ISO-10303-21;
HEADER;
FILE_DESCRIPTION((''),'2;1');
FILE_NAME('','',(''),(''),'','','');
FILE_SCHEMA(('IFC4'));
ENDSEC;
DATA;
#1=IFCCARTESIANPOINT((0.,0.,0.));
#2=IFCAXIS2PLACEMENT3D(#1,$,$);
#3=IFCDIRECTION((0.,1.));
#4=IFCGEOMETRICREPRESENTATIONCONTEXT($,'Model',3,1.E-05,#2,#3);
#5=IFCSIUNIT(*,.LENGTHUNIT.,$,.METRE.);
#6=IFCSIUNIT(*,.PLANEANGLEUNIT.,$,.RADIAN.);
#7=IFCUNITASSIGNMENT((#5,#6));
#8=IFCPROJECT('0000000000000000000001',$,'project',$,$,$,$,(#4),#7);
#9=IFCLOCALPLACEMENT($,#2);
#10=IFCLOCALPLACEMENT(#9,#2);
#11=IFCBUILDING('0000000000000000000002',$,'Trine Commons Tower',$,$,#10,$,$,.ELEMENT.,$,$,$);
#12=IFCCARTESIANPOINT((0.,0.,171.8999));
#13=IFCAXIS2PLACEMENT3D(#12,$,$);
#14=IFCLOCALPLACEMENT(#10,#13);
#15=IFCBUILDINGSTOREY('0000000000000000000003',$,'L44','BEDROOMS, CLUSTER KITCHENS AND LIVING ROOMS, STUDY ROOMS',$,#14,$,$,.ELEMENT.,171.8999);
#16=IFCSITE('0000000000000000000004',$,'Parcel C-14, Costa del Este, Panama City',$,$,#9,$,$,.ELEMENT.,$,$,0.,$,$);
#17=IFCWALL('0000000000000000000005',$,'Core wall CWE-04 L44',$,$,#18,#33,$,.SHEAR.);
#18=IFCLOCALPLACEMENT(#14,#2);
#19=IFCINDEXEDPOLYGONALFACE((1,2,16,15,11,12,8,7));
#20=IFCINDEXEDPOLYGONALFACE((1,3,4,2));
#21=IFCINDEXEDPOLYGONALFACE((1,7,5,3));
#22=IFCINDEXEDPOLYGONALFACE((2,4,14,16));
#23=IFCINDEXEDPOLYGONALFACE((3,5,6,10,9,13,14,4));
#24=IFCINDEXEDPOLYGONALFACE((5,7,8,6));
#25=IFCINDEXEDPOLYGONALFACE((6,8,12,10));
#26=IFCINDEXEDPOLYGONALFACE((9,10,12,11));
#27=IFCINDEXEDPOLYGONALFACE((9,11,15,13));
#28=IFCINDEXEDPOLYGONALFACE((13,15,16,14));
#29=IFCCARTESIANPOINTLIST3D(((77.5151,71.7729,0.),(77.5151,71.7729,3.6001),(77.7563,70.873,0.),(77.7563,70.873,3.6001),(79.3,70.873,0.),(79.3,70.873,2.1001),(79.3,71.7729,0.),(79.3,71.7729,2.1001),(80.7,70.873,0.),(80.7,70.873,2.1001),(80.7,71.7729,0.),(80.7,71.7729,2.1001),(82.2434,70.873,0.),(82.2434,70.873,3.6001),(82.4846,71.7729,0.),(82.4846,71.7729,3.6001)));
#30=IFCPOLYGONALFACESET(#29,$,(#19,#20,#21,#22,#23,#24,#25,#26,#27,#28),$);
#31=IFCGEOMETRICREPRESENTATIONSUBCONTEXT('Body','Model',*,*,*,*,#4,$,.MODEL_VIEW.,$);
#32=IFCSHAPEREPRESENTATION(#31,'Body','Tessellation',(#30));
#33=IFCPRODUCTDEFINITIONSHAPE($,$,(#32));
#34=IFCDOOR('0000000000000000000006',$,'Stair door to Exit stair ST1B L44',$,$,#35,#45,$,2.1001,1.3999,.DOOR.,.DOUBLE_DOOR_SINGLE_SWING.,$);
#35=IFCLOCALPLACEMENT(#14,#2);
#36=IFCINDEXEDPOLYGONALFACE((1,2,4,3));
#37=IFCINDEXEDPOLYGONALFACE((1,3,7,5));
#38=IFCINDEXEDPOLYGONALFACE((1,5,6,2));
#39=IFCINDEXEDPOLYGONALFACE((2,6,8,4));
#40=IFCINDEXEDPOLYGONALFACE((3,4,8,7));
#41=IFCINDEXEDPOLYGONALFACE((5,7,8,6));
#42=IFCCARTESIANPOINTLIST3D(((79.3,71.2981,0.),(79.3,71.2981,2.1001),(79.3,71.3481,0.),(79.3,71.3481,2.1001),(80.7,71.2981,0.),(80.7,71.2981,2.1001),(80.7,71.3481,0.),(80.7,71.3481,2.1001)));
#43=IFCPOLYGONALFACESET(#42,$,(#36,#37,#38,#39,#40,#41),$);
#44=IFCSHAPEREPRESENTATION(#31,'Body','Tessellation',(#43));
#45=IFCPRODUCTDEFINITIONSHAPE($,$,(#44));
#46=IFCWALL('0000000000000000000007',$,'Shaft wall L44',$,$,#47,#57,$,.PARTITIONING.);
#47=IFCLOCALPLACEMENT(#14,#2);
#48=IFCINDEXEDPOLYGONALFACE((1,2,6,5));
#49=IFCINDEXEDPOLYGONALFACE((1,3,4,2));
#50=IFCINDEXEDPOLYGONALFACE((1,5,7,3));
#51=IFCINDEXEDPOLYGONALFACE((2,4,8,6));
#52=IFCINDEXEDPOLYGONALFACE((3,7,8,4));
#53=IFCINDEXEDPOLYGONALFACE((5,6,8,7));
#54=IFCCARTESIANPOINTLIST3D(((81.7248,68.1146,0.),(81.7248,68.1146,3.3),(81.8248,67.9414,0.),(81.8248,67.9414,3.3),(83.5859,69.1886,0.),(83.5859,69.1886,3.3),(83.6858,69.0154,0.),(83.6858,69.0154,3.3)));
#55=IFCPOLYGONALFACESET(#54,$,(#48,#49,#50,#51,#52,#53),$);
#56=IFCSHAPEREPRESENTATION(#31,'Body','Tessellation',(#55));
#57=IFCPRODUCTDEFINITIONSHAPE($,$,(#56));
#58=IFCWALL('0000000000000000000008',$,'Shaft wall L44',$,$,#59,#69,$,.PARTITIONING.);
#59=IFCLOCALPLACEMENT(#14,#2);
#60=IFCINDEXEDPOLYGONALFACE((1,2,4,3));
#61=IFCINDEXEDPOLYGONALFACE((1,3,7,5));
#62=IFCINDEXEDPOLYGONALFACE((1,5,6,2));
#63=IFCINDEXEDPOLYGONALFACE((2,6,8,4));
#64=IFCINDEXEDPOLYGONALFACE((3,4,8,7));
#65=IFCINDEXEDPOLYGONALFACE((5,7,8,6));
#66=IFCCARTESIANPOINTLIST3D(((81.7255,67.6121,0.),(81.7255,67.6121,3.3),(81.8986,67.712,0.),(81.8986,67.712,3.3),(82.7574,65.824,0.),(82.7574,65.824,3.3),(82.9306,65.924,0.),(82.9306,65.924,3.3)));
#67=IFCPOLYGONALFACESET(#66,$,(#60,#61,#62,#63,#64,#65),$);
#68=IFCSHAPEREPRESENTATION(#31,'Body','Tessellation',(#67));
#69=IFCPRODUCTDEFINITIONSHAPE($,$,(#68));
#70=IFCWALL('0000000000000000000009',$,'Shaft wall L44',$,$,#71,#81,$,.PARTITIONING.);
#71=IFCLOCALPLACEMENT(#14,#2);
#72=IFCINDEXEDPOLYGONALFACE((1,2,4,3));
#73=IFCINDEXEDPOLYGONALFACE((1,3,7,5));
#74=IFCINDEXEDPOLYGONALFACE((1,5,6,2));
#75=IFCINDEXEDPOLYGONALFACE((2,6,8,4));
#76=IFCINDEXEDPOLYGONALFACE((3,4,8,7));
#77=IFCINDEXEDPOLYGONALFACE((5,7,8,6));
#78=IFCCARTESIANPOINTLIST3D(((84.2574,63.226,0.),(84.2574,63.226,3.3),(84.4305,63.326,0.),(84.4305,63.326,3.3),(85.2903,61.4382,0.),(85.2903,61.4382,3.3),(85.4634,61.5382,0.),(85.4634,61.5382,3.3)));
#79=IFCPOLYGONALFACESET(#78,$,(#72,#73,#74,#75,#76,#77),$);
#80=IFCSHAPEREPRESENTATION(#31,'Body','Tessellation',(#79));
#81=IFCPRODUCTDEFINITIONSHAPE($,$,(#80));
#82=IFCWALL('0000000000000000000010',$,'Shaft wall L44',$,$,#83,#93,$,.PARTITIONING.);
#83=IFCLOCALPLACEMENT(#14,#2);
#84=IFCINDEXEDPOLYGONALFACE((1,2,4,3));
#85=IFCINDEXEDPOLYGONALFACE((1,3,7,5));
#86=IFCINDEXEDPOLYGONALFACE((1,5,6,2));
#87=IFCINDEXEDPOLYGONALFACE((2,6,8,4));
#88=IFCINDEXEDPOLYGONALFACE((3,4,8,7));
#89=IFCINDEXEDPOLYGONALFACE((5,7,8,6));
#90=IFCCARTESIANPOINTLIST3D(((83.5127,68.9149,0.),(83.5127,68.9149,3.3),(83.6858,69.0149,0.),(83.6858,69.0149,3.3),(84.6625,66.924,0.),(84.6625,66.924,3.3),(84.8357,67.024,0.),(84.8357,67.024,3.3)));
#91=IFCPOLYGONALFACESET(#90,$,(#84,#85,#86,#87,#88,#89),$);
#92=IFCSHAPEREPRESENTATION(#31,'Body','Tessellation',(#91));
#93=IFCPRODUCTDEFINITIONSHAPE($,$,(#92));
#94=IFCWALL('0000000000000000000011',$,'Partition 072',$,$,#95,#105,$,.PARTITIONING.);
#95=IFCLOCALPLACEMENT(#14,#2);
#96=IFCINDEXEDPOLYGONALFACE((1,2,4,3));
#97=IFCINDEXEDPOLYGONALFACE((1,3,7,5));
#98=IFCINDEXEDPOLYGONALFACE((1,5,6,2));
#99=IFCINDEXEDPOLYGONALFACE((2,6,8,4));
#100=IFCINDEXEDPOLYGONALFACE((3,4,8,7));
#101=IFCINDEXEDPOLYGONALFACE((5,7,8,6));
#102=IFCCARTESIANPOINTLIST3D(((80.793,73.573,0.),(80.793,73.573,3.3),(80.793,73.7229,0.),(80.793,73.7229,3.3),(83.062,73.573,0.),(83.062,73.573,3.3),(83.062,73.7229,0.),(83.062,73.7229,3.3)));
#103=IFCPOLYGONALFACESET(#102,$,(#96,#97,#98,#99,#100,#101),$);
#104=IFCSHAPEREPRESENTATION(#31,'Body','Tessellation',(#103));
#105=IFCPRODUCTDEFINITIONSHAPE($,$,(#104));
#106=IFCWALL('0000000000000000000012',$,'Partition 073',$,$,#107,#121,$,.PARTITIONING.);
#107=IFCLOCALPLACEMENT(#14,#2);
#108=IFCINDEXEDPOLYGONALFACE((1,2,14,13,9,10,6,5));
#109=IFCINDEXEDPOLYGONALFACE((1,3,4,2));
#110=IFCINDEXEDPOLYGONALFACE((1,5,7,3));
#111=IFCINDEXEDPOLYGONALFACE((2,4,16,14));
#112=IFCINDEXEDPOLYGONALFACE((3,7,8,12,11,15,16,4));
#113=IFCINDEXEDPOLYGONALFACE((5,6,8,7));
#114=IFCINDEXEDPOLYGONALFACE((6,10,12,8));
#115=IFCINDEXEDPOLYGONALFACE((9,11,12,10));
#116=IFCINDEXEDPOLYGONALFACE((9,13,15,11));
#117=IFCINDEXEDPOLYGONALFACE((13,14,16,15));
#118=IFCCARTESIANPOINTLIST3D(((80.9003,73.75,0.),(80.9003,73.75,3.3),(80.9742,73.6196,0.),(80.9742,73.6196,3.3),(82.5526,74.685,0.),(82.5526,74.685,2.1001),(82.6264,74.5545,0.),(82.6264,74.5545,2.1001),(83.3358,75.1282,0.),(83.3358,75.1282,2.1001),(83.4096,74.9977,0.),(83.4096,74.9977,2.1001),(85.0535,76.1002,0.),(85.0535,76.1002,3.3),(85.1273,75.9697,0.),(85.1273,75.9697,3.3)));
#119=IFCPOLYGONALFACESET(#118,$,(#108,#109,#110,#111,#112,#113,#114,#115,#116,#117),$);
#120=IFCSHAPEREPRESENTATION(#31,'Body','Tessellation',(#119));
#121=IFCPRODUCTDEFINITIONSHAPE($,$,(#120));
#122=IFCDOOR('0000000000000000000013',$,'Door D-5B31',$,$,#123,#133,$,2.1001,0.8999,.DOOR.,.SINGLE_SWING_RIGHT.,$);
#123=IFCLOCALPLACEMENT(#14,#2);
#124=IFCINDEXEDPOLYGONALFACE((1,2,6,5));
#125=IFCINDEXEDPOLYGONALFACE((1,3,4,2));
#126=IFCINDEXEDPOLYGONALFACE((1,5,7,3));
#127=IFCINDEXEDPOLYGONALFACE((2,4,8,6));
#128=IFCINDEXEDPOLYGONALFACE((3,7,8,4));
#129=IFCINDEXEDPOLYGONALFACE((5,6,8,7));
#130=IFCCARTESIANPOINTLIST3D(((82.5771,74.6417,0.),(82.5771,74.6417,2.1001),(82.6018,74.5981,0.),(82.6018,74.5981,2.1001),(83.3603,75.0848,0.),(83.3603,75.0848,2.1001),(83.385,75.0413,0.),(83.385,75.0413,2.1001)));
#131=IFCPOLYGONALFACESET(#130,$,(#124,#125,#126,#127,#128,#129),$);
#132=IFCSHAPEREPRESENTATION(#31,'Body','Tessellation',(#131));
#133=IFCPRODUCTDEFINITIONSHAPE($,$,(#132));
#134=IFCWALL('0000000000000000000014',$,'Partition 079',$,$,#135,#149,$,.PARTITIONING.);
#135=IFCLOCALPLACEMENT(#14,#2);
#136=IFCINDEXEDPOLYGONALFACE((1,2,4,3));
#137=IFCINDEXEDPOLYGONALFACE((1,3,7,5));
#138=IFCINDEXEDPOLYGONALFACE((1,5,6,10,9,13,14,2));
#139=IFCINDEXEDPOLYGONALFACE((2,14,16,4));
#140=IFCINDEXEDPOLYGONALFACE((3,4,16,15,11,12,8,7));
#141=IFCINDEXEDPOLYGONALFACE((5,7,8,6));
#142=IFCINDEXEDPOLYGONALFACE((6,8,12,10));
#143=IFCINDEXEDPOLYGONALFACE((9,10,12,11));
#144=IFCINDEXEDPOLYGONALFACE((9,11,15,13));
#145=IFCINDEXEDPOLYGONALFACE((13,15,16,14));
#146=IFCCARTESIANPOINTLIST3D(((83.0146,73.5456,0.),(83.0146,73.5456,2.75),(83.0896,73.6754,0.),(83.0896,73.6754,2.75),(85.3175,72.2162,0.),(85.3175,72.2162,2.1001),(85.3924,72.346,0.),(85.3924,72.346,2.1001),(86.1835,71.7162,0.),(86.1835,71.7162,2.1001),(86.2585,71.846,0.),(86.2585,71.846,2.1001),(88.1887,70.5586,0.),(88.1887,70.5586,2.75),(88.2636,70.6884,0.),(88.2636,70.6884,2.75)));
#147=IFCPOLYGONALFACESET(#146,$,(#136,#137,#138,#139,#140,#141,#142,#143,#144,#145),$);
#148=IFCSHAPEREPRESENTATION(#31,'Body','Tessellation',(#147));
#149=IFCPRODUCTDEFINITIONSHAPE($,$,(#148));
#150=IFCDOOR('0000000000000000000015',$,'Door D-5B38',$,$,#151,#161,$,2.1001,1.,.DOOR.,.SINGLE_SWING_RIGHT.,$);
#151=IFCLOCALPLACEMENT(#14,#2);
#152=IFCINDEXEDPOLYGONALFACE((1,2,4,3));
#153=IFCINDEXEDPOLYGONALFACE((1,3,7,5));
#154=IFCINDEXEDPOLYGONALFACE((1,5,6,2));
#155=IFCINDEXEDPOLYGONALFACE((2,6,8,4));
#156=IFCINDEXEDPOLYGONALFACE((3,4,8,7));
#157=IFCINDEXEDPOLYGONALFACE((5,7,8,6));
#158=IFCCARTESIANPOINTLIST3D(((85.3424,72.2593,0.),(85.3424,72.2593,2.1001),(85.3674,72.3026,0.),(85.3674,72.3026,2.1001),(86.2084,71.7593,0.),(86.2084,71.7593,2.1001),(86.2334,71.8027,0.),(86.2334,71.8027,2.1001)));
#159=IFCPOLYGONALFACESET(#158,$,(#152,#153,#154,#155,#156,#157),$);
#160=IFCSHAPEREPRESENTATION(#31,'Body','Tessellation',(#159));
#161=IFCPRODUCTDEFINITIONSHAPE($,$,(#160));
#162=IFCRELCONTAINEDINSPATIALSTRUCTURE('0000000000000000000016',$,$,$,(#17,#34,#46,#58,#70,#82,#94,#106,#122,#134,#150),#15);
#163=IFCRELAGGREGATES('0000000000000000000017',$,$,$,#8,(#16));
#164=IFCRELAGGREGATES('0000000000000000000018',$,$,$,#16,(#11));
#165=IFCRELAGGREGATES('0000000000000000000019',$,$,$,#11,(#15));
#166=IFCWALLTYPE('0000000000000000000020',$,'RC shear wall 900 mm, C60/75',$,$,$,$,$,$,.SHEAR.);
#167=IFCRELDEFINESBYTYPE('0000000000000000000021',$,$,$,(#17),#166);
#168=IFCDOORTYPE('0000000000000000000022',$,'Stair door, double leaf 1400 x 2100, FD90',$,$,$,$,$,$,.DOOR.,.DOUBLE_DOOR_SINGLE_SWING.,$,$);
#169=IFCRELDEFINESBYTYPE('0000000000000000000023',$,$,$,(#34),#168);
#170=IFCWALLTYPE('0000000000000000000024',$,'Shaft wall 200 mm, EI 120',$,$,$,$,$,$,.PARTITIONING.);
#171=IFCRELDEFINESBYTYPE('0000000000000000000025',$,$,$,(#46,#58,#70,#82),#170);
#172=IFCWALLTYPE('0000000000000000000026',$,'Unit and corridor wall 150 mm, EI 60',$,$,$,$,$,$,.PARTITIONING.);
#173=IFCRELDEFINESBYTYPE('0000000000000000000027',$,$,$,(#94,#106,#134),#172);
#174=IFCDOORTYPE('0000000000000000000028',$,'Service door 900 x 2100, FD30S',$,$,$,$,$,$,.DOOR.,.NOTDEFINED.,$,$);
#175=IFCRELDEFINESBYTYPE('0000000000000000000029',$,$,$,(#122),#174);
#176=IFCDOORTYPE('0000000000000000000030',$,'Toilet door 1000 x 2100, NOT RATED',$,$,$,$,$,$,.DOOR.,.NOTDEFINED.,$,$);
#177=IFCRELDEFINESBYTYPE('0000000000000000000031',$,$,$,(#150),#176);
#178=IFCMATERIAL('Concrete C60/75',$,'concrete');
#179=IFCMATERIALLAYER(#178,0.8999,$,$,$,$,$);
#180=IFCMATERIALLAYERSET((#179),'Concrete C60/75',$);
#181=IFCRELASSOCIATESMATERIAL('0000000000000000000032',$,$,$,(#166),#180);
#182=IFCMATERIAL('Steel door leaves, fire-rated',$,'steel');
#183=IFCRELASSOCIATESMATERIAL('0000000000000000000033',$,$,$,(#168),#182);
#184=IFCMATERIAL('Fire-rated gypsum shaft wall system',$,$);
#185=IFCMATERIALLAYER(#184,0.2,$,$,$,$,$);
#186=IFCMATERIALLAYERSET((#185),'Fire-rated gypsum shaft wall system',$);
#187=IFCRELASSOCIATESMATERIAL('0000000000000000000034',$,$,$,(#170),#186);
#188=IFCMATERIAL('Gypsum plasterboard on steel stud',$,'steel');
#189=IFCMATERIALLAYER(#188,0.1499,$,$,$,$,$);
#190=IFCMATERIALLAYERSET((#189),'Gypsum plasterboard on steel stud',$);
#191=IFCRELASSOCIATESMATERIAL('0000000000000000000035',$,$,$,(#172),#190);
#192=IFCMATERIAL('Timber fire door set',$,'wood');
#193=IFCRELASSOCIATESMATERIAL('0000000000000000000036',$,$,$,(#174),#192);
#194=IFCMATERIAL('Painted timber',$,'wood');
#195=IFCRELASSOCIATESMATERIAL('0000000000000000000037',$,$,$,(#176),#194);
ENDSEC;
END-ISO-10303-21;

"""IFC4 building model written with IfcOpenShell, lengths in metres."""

from ifc_helpers import new_model, si_unit, direction, frame, frame_2d, origin, place, context, subcontext, project, spatial, polyline, rectangle, outline, extrude, material, layer, layer_set, type_object, element, fill, save


model = new_model("IFC4")

# Units and contexts
model_context = context("Model", 3, precision=1e-05, world=origin(), true_north=direction((0.0, 1.0)))
body_context = subcontext(model_context, "Body", "Model", "MODEL_VIEW")
ifc_project = project(units=[si_unit("LENGTHUNIT", "METRE"), si_unit("PLANEANGLEUNIT", "RADIAN")], contexts=[model_context])

# Site, building, storey
site_placement = place(None, origin())
site = spatial("IfcSite", under=ifc_project, at=site_placement, Name="Parcel C-14, Costa del Este, Panama City", CompositionType="ELEMENT", RefElevation=0.0)
building_placement = place(site_placement, origin())
building = spatial("IfcBuilding", under=site, at=building_placement, Name="Trine Commons Tower", CompositionType="ELEMENT")
storey_placement = place(building_placement, frame((0.0, 0.0, 171.8999)))
storey = spatial("IfcBuildingStorey", under=building, at=storey_placement, Name="L44", Description="BEDROOMS, CLUSTER KITCHENS AND LIVING ROOMS, STUDY ROOMS", CompositionType="ELEMENT", Elevation=171.8999)

# Shared definitions
ifc_material_1 = material(Name="Fire-rated gypsum shaft wall system")
ifc_material_2 = material(Name="Concrete C60/75", Category="concrete")

# Wall, opening, door
ifc_layer_1 = layer(ifc_material_2, 0.8999)
ifc_layer_set_1 = layer_set([ifc_layer_1], Name="Concrete C60/75")
wall_type_1 = type_object("IfcWallType", Name="RC shear wall 900 mm, C60/75", PredefinedType="SHEAR", material=ifc_layer_set_1)
wall_1_placement = place(storey_placement, frame((82.4846, 71.323, 0.0), z_axis=(0.0, 0.0, 1.0), x_axis=(-1.0, 0.0, 0.0)))
wall_1 = element("IfcWall", 1, at=wall_1_placement, inside=storey, type_object=wall_type_1, Name="Core wall CWE-04 L44", PredefinedType="SHEAR", context=body_context, shape_type="SweptSolid", body=[
    extrude(outline(polyline([(0.0, -0.45), (4.9695, -0.45), (4.7283, 0.45), (0.2412, 0.45), (0.0, -0.45)])), origin(), (0.0, 0.0, 1.0), 3.6001),
])
opening_1_placement = place(wall_1_placement, frame((1.7847, 0.0, 0.0)))
opening_1 = element("IfcOpeningElement", 2, at=opening_1_placement, cuts=wall_1, PredefinedType="OPENING", context=body_context, shape_type="SweptSolid", body=[
    extrude(rectangle(XDim=1.3999, YDim=2.1001, at=frame_2d((0.7, 1.05))), frame((0.0, 0.46, 0.0), z_axis=(0.0, -1.0, 0.0), x_axis=(1.0, 0.0, 0.0)), (0.0, 0.0, 1.0), 0.9199),
])
ifc_material_3 = material(Name="Steel door leaves, fire-rated", Category="steel")
door_type_1 = type_object("IfcDoorType", Name="Stair door, double leaf 1400 x 2100, FD90", OperationType="DOUBLE_DOOR_SINGLE_SWING", PredefinedType="DOOR", material=ifc_material_3)
door_1_placement = place(opening_1_placement, origin())
door_1 = element("IfcDoor", 3, at=door_1_placement, inside=storey, type_object=door_type_1, Name="Stair door to Exit stair ST1B L44", OperationType="DOUBLE_DOOR_SINGLE_SWING", OverallHeight=2.1001, OverallWidth=1.3999, PredefinedType="DOOR", context=body_context, shape_type="SweptSolid", body=[
    extrude(rectangle(XDim=1.3999, YDim=2.1001, at=frame_2d((0.7, 1.05))), frame((0.0, 0.0249, 0.0), z_axis=(0.0, -1.0, 0.0), x_axis=(1.0, 0.0, 0.0)), (0.0, 0.0, 1.0), 0.05),
])
fill(opening_1, door_1)

# Walls
ifc_layer_2 = layer(ifc_material_1, 0.2)
ifc_layer_set_2 = layer_set([ifc_layer_2], Name="Fire-rated gypsum shaft wall system")
wall_type_2 = type_object("IfcWallType", Name="Shaft wall 200 mm, EI 120", PredefinedType="PARTITIONING", material=ifc_layer_set_2)
wall_2_placement = place(storey_placement, frame((81.7749, 68.0281, 0.0), z_axis=(0.0, 0.0, 1.0), x_axis=(0.866131, 0.499818, 0.0)))
element("IfcWall", 4, at=wall_2_placement, inside=storey, type_object=wall_type_2, Name="Shaft wall L44", PredefinedType="PARTITIONING", context=body_context, shape_type="SweptSolid", body=[
    extrude(rectangle(XDim=2.1487, YDim=0.2, at=frame_2d((1.0742, 0.0))), origin(), (0.0, 0.0, 1.0), 3.3),
])
wall_3_placement = place(storey_placement, frame((82.844, 65.874, 0.0), z_axis=(0.0, 0.0, 1.0), x_axis=(-0.499866, 0.866103, 0.0)))
element("IfcWall", 5, at=wall_3_placement, inside=storey, type_object=wall_type_2, Name="Shaft wall L44", PredefinedType="PARTITIONING", context=body_context, shape_type="SweptSolid", body=[
    extrude(rectangle(XDim=2.0645, YDim=0.2, at=frame_2d((1.0322, 0.0))), origin(), (0.0, 0.0, 1.0), 3.3),
])
wall_4_placement = place(storey_placement, frame((84.344, 63.2759, 0.0), z_axis=(0.0, 0.0, 1.0), x_axis=(0.500272, -0.865868, 0.0)))
element("IfcWall", 6, at=wall_4_placement, inside=storey, type_object=wall_type_2, Name="Shaft wall L44", PredefinedType="PARTITIONING", context=body_context, shape_type="SweptSolid", body=[
    extrude(rectangle(XDim=2.0647, YDim=0.2, at=frame_2d((1.0322, 0.0))), origin(), (0.0, 0.0, 1.0), 3.3),
])
wall_5_placement = place(storey_placement, frame((84.749, 66.9741, 0.0), z_axis=(0.0, 0.0, 1.0), x_axis=(-0.500136, 0.865947, 0.0)))
element("IfcWall", 7, at=wall_5_placement, inside=storey, type_object=wall_type_2, Name="Shaft wall L44", PredefinedType="PARTITIONING", context=body_context, shape_type="SweptSolid", body=[
    extrude(rectangle(XDim=2.2991, YDim=0.2, at=frame_2d((1.1494, 0.0))), origin(), (0.0, 0.0, 1.0), 3.3),
])
ifc_material_4 = material(Name="Gypsum plasterboard on steel stud", Category="steel")
ifc_layer_3 = layer(ifc_material_4, 0.1499)
ifc_layer_set_3 = layer_set([ifc_layer_3], Name="Gypsum plasterboard on steel stud")
wall_type_3 = type_object("IfcWallType", Name="Unit and corridor wall 150 mm, EI 60", PredefinedType="PARTITIONING", material=ifc_layer_set_3)
wall_6_placement = place(storey_placement, frame((80.793, 73.6479, 0.0), z_axis=(0.0, 0.0, 1.0), x_axis=(1.0, 0.0, 0.0)))
element("IfcWall", 8, at=wall_6_placement, inside=storey, type_object=wall_type_3, Name="Partition 072", PredefinedType="PARTITIONING", context=body_context, shape_type="SweptSolid", body=[
    extrude(rectangle(XDim=2.269, YDim=0.1499, at=frame_2d((1.1345, 0.0))), origin(), (0.0, 0.0, 1.0), 3.3),
])

# Walls, openings, doors
wall_7_placement = place(storey_placement, frame((80.9373, 73.6848, 0.0), z_axis=(0.0, 0.0, 1.0), x_axis=(0.87032, 0.492487, 0.0)))
wall_7 = element("IfcWall", 9, at=wall_7_placement, inside=storey, type_object=wall_type_3, Name="Partition 073", PredefinedType="PARTITIONING", context=body_context, shape_type="SweptSolid", body=[
    extrude(rectangle(XDim=4.772, YDim=0.1499, at=frame_2d((2.386, 0.0))), origin(), (0.0, 0.0, 1.0), 3.3),
])
opening_2_placement = place(wall_7_placement, frame((1.8984, 0.0, 0.0)))
opening_2 = element("IfcOpeningElement", 10, at=opening_2_placement, cuts=wall_7, PredefinedType="OPENING", context=body_context, shape_type="SweptSolid", body=[
    extrude(rectangle(XDim=0.8999, YDim=2.1001, at=frame_2d((0.45, 1.05))), frame((0.0, 0.085, 0.0), z_axis=(0.0, -1.0, 0.0), x_axis=(1.0, 0.0, 0.0)), (0.0, 0.0, 1.0), 0.1699),
])
ifc_material_5 = material(Name="Timber fire door set", Category="wood")
door_type_2 = type_object("IfcDoorType", Name="Service door 900 x 2100, FD30S", OperationType="NOTDEFINED", PredefinedType="DOOR", material=ifc_material_5)
door_2_placement = place(opening_2_placement, frame((0.8999, 0.0, 0.0), z_axis=(0.0, 0.0, 1.0), x_axis=(-1.0, 0.0, 0.0)))
door_2 = element("IfcDoor", 11, at=door_2_placement, inside=storey, type_object=door_type_2, Name="Door D-5B31", OperationType="SINGLE_SWING_RIGHT", OverallHeight=2.1001, OverallWidth=0.8999, PredefinedType="DOOR", context=body_context, shape_type="SweptSolid", body=[
    extrude(rectangle(XDim=0.8999, YDim=2.1001, at=frame_2d((0.45, 1.05))), frame((0.0, 0.0249, 0.0), z_axis=(0.0, -1.0, 0.0), x_axis=(1.0, 0.0, 0.0)), (0.0, 0.0, 1.0), 0.05),
])
fill(opening_2, door_2)
wall_8_placement = place(storey_placement, frame((83.052, 73.6106, 0.0), z_axis=(0.0, 0.0, 1.0), x_axis=(0.866039, -0.499976, 0.0)))
wall_8 = element("IfcWall", 12, at=wall_8_placement, inside=storey, type_object=wall_type_3, Name="Partition 079", PredefinedType="PARTITIONING", context=body_context, shape_type="SweptSolid", body=[
    extrude(rectangle(XDim=5.9744, YDim=0.1499, at=frame_2d((2.9873, 0.0))), origin(), (0.0, 0.0, 1.0), 2.75),
])
opening_3_placement = place(wall_8_placement, frame((2.6592, 0.0, 0.0)))
opening_3 = element("IfcOpeningElement", 13, at=opening_3_placement, cuts=wall_8, PredefinedType="OPENING", context=body_context, shape_type="SweptSolid", body=[
    extrude(rectangle(XDim=1.0, YDim=2.1001, at=frame_2d((0.5, 1.05))), frame((0.0, 0.085, 0.0), z_axis=(0.0, -1.0, 0.0), x_axis=(1.0, 0.0, 0.0)), (0.0, 0.0, 1.0), 0.1699),
])
ifc_material_6 = material(Name="Painted timber", Category="wood")
door_type_3 = type_object("IfcDoorType", Name="Toilet door 1000 x 2100, NOT RATED", OperationType="NOTDEFINED", PredefinedType="DOOR", material=ifc_material_6)
door_3_placement = place(opening_3_placement, origin())
door_3 = element("IfcDoor", 14, at=door_3_placement, inside=storey, type_object=door_type_3, Name="Door D-5B38", OperationType="SINGLE_SWING_RIGHT", OverallHeight=2.1001, OverallWidth=1.0, PredefinedType="DOOR", context=body_context, shape_type="SweptSolid", body=[
    extrude(rectangle(XDim=1.0, YDim=2.1001, at=frame_2d((0.5, 1.05))), frame((0.0, 0.0249, 0.0), z_axis=(0.0, -1.0, 0.0), x_axis=(1.0, 0.0, 0.0)), (0.0, 0.0, 1.0), 0.05),
])
fill(opening_3, door_3)

save(model, "model.ifc")
